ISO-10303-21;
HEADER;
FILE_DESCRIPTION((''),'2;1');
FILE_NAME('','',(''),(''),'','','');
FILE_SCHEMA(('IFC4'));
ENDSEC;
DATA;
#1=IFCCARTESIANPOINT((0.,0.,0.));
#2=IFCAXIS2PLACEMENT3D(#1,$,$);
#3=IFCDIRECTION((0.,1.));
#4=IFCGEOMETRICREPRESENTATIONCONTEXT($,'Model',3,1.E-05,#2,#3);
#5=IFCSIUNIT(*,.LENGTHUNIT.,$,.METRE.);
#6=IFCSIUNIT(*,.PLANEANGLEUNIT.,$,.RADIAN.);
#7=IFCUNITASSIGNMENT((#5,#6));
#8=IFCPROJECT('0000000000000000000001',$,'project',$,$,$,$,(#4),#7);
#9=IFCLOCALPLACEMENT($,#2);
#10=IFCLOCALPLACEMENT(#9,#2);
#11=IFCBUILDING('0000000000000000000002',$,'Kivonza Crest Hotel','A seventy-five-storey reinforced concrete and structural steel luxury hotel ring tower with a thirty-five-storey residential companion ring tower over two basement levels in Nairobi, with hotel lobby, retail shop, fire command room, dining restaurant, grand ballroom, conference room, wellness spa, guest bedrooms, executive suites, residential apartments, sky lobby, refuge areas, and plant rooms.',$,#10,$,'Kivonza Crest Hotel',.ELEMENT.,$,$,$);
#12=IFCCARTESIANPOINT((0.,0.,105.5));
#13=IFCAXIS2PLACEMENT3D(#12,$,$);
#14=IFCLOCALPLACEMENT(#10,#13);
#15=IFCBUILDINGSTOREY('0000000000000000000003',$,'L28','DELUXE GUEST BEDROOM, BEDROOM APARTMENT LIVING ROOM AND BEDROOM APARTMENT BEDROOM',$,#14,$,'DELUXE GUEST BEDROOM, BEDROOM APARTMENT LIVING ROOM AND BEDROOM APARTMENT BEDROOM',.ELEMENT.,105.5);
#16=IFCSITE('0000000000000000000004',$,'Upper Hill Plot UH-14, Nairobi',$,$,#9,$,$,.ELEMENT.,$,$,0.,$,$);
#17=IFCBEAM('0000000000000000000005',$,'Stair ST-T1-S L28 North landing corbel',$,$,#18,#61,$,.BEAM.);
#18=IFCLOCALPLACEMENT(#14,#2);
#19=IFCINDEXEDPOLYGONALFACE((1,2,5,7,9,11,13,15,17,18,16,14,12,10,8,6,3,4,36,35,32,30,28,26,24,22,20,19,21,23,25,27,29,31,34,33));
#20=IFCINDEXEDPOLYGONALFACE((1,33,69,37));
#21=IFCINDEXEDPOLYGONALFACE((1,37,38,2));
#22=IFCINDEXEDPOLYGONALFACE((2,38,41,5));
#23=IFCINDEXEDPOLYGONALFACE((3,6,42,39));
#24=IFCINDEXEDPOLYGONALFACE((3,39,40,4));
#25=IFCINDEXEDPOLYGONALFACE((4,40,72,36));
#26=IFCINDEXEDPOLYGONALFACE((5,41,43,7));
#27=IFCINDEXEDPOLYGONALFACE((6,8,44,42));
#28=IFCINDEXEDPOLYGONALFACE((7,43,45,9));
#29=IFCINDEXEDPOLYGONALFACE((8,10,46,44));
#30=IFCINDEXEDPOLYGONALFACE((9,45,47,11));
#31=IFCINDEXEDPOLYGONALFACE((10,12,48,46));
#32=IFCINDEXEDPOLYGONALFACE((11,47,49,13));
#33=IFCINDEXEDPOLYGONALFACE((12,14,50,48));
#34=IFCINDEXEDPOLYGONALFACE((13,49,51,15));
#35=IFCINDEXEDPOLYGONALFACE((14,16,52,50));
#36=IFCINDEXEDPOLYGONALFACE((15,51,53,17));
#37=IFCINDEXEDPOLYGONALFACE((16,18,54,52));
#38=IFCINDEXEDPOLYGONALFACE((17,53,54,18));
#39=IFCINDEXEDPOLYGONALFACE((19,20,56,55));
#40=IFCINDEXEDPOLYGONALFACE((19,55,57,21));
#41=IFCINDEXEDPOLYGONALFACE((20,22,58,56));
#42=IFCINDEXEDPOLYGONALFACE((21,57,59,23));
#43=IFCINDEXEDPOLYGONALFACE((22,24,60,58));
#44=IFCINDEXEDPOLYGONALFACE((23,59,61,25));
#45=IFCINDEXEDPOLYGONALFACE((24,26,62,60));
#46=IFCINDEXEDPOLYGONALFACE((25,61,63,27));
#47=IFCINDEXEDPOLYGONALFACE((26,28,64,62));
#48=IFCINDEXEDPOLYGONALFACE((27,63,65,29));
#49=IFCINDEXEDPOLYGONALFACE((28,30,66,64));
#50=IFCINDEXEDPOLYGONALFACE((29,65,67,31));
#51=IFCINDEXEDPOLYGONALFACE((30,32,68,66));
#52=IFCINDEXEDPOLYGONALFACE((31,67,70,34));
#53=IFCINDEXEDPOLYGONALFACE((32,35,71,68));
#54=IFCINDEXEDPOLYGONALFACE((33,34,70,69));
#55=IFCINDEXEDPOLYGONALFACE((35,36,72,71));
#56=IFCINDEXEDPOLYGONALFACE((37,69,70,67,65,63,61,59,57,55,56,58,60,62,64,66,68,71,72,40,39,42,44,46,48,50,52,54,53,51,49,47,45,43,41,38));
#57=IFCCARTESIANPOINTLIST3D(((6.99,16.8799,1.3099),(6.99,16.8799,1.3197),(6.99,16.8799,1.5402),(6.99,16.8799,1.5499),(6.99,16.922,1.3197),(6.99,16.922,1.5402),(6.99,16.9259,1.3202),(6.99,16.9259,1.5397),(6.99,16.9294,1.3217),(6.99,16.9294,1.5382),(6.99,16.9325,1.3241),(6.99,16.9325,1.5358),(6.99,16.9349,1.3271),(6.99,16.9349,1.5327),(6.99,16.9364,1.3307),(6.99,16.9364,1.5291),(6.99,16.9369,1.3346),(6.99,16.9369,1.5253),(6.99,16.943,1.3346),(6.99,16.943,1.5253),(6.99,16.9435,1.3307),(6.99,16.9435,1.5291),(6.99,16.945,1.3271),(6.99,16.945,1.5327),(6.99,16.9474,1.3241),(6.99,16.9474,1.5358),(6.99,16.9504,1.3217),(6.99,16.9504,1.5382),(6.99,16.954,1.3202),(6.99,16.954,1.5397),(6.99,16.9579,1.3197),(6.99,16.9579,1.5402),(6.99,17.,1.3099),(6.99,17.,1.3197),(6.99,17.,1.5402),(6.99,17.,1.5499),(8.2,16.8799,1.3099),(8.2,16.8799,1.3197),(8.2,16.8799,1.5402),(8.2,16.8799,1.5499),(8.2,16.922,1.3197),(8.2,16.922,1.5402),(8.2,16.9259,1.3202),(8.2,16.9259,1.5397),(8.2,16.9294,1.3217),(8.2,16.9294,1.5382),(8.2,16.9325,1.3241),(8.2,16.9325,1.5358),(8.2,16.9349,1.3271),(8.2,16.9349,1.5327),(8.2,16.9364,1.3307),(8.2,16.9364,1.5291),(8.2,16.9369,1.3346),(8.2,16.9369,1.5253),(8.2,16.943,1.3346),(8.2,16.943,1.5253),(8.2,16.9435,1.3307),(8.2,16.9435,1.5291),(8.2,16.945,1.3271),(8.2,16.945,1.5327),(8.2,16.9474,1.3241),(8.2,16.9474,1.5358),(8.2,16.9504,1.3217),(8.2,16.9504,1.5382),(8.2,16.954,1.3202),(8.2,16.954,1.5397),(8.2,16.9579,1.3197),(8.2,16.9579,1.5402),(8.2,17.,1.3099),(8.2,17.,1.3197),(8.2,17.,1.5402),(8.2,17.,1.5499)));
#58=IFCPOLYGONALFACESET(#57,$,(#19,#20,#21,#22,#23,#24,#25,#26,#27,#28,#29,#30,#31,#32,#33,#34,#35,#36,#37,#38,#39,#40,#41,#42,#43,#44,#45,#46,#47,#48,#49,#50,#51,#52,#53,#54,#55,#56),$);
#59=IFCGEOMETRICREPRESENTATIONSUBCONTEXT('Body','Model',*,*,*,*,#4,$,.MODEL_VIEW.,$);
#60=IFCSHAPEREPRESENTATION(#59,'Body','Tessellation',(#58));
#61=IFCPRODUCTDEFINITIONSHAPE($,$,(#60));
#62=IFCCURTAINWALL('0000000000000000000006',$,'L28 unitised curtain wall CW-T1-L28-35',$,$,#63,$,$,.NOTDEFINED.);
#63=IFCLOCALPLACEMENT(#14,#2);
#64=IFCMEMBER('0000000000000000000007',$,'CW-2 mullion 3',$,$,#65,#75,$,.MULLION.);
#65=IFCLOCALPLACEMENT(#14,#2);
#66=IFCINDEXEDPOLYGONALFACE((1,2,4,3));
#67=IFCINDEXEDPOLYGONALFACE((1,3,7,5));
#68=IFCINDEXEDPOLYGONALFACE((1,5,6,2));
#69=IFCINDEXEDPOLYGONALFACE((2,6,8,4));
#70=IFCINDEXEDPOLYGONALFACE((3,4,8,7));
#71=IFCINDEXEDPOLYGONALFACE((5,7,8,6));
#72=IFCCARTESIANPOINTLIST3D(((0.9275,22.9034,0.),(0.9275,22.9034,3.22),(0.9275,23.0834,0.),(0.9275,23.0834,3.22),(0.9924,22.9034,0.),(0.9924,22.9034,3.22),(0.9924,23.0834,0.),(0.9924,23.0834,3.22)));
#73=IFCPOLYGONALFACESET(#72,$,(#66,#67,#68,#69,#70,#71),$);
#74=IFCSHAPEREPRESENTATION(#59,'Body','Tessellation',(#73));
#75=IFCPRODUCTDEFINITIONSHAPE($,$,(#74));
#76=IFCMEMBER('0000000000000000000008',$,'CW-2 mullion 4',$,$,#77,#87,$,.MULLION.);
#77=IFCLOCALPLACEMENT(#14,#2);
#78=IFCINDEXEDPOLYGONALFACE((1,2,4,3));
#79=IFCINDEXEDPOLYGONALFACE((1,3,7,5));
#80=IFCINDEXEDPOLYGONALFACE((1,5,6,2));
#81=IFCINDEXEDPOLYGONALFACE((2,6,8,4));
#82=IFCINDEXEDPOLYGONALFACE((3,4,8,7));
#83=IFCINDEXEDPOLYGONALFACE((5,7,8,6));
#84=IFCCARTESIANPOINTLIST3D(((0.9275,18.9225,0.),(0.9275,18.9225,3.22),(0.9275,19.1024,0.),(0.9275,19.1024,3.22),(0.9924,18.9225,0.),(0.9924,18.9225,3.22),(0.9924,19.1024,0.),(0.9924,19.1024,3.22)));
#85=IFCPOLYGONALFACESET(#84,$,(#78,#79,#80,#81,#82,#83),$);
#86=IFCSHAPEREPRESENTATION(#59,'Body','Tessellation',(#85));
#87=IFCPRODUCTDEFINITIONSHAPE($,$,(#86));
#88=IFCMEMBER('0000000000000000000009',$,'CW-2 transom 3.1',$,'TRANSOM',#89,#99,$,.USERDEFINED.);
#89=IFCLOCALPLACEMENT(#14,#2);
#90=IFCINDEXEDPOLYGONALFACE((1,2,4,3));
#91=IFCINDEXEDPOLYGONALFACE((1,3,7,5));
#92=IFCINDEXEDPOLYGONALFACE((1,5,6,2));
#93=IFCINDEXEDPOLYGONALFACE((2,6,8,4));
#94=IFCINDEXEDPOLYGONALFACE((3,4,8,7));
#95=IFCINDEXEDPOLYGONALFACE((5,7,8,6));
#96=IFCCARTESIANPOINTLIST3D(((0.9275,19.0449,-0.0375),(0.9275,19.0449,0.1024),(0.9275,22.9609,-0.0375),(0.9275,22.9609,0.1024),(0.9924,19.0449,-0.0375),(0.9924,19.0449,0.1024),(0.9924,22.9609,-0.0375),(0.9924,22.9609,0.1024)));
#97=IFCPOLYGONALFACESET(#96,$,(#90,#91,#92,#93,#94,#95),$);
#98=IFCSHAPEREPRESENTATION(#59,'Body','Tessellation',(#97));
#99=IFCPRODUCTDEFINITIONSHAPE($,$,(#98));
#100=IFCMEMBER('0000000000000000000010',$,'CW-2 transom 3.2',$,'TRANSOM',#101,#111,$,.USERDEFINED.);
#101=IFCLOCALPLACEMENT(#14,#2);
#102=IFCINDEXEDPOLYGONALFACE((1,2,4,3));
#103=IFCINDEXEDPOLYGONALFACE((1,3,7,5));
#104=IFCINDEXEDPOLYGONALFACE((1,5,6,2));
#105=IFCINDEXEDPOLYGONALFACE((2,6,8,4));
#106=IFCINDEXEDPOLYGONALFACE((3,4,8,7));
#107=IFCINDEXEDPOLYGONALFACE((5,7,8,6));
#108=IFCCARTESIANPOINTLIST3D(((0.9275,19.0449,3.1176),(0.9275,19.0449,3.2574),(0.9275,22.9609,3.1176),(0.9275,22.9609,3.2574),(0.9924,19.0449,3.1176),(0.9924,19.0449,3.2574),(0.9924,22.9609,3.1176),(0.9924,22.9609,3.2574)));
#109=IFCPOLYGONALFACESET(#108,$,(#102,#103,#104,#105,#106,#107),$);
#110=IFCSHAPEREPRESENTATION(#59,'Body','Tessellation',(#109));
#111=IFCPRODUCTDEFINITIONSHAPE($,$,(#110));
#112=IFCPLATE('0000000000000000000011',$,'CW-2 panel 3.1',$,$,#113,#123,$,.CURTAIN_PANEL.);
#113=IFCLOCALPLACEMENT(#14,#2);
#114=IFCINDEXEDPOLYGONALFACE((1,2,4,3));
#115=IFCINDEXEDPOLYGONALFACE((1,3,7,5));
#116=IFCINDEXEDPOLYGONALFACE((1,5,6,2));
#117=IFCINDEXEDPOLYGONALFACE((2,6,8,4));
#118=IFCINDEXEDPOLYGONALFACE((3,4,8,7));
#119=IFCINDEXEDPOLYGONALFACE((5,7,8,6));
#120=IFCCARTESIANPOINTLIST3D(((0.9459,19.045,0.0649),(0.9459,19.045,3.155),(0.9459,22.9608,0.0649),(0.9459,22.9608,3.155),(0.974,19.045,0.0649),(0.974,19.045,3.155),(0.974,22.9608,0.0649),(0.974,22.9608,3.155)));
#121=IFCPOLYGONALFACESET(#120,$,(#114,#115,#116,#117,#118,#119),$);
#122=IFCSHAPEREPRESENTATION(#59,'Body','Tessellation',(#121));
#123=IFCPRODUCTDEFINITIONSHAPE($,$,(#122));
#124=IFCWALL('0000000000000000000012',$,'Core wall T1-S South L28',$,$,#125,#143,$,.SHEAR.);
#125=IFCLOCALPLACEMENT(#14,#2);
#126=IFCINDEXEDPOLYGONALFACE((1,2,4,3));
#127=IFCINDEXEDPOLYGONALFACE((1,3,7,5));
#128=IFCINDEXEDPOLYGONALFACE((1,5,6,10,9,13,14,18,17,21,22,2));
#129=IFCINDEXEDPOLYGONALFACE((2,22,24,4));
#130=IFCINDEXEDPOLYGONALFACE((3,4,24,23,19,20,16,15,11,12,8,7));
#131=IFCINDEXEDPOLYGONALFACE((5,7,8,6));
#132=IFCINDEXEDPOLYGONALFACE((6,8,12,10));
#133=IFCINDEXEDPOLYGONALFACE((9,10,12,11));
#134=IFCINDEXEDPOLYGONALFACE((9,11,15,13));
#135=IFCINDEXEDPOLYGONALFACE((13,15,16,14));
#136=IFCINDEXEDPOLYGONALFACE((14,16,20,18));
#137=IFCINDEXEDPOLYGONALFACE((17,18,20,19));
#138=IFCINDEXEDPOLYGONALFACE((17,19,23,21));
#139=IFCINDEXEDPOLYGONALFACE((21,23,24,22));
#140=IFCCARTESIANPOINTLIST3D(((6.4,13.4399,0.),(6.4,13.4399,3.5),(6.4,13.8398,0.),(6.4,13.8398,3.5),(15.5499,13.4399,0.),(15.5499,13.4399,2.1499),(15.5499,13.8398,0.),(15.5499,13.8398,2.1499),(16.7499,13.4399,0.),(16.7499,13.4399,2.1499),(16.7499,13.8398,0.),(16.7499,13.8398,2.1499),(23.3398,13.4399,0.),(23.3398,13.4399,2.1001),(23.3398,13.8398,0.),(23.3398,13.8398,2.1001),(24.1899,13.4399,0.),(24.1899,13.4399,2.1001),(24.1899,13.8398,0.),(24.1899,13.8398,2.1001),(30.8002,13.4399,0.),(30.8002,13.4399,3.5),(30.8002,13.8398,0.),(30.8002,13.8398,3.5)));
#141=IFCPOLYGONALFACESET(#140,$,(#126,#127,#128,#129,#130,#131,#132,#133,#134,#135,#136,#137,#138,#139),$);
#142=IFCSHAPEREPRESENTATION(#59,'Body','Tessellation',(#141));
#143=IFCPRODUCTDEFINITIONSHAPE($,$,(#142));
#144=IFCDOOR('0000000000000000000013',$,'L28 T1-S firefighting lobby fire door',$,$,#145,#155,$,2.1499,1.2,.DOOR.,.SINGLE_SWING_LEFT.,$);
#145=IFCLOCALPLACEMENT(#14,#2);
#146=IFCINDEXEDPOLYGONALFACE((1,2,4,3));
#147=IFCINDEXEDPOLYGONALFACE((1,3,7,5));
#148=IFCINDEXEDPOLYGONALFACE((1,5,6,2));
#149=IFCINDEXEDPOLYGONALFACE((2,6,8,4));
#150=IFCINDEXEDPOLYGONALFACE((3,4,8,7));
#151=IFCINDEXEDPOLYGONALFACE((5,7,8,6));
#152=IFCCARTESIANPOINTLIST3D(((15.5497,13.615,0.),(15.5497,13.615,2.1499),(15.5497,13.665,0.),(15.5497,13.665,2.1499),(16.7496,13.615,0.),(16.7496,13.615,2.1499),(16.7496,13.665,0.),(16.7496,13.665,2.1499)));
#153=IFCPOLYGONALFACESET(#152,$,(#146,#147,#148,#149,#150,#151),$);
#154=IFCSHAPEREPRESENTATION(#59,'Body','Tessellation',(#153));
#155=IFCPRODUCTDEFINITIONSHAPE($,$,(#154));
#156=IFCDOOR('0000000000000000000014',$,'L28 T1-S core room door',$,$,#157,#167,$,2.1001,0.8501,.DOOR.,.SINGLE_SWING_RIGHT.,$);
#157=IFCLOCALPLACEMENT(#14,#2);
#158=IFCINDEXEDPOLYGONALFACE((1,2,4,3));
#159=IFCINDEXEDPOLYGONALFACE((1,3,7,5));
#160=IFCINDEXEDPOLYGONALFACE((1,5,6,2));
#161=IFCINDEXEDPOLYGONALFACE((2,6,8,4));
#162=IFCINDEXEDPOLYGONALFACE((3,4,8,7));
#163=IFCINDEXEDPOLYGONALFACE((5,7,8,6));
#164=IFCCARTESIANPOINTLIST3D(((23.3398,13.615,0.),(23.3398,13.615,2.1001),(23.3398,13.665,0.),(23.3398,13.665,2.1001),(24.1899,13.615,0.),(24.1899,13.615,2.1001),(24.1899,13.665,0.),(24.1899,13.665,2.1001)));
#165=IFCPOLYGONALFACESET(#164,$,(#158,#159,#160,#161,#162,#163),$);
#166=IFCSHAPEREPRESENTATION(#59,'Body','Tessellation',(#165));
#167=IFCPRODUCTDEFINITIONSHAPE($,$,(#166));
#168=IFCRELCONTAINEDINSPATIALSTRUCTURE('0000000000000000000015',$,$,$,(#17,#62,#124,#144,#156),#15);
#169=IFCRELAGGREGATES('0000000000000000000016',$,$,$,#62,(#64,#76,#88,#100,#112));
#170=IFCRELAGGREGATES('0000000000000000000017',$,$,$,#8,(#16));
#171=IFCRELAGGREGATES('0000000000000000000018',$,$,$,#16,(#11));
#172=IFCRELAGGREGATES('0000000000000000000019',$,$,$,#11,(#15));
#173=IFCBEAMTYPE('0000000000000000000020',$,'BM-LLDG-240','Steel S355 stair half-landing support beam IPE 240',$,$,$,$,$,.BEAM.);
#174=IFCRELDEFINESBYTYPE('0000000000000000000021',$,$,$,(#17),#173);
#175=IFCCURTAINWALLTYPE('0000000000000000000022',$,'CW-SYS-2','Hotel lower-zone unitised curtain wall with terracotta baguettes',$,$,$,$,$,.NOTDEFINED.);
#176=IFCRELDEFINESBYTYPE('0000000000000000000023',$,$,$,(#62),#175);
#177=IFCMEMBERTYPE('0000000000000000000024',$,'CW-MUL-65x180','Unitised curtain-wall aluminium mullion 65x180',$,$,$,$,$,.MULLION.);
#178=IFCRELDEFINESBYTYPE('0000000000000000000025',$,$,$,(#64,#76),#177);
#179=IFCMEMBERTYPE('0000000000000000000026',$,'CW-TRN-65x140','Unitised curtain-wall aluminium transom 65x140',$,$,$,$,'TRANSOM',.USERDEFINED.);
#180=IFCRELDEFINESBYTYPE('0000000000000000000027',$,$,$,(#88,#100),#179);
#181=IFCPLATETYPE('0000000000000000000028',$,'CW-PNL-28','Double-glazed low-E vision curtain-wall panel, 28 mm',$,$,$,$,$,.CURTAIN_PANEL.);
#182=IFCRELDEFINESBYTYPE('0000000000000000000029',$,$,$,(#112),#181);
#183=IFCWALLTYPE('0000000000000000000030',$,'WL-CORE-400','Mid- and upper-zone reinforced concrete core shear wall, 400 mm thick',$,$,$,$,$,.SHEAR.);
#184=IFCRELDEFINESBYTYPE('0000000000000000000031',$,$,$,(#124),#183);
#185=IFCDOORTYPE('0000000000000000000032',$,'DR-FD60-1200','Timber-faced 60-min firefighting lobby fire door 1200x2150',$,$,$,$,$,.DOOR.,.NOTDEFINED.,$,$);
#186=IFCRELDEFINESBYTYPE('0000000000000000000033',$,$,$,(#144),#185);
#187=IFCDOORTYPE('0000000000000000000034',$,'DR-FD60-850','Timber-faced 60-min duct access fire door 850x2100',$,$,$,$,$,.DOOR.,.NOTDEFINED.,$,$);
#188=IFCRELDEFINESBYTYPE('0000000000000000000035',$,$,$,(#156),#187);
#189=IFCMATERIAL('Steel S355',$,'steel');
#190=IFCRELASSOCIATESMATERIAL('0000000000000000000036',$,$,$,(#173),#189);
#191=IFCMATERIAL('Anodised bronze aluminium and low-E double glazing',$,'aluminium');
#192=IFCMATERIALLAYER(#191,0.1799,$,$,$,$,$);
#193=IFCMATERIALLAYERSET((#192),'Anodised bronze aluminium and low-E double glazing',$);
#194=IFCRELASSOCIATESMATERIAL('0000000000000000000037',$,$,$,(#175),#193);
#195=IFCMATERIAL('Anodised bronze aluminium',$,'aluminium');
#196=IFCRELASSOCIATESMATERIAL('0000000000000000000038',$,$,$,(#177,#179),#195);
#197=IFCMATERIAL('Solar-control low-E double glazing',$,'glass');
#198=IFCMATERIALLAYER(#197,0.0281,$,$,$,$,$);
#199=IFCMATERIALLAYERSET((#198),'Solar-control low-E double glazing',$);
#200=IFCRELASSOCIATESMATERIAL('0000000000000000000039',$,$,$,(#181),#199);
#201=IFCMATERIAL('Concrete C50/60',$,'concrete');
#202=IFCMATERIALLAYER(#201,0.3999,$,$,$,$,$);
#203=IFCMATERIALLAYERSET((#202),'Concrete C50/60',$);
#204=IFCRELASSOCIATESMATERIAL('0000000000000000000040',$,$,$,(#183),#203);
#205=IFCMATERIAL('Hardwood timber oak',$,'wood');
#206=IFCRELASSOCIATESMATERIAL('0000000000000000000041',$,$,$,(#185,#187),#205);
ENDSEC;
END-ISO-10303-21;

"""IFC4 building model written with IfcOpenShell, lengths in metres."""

from ifc_helpers import new_model, si_unit, direction, frame, frame_2d, origin, origin_2d, place, context, subcontext, project, spatial, rectangle, i_section, extrude, material, layer, layer_set, material_profile, profile_set, type_object, element, fill, aggregate, save


model = new_model("IFC4")

# Units and contexts
model_context = context("Model", 3, precision=1e-05, world=origin(), true_north=direction((0.0, 1.0)))
body_context = subcontext(model_context, "Body", "Model", "MODEL_VIEW")
ifc_project = project(units=[si_unit("LENGTHUNIT", "METRE"), si_unit("PLANEANGLEUNIT", "RADIAN")], contexts=[model_context])

# Site, building, storey
site_placement = place(None, origin())
site = spatial("IfcSite", under=ifc_project, at=site_placement, Name="Upper Hill Plot UH-14, Nairobi", CompositionType="ELEMENT", RefElevation=0.0)
building_placement = place(site_placement, origin())
building = spatial("IfcBuilding", under=site, at=building_placement, Name="Kivonza Crest Hotel", Description="A seventy-five-storey reinforced concrete and structural steel luxury hotel ring tower with a thirty-five-storey residential companion ring tower over two basement levels in Nairobi, with hotel lobby, retail shop, fire command room, dining restaurant, grand ballroom, conference room, wellness spa, guest bedrooms, executive suites, residential apartments, sky lobby, refuge areas, and plant rooms.", LongName="Kivonza Crest Hotel", CompositionType="ELEMENT")
storey_placement = place(building_placement, frame((0.0, 0.0, 105.5)))
storey = spatial("IfcBuildingStorey", under=building, at=storey_placement, Name="L28", Description="DELUXE GUEST BEDROOM, BEDROOM APARTMENT LIVING ROOM AND BEDROOM APARTMENT BEDROOM", LongName="DELUXE GUEST BEDROOM, BEDROOM APARTMENT LIVING ROOM AND BEDROOM APARTMENT BEDROOM", CompositionType="ELEMENT", Elevation=105.5)

# Shared definitions
ifc_material_1 = material(Name="Concrete C50/60", Category="concrete")

# Beam
ifc_material_2 = material(Name="Steel S355", Category="steel")
ifc_material_profile_1 = material_profile(ifc_material_2, i_section(OverallWidth=0.1201, OverallDepth=0.24, WebThickness=0.0061, FlangeThickness=0.0098, FilletRadius=0.0149, at=origin_2d()), Name="IPE 240")
ifc_profile_set_1 = profile_set([ifc_material_profile_1], Name="Steel S355")
beam_type_1 = type_object("IfcBeamType", Name="BM-LLDG-240", Description="Steel S355 stair half-landing support beam IPE 240", PredefinedType="BEAM", material=ifc_profile_set_1)
for number, where, z_axis, x_axis, name in (
    (1, (6.99, 16.9399, 1.4299), (1.0, 0.0, 0.0), (0.0, 1.0, 0.0), "Stair ST-T1-S L28 North landing corbel"),
):
    element("IfcBeam", number, at=place(storey_placement, frame(where, z_axis=z_axis, x_axis=x_axis)), inside=storey, type_object=beam_type_1, Name=name, PredefinedType="BEAM", context=body_context, shape_type="SweptSolid", body=[
        extrude(i_section(OverallWidth=0.1201, OverallDepth=0.24, WebThickness=0.0061, FlangeThickness=0.0098, FilletRadius=0.0149, at=origin_2d()), origin(), (0.0, 0.0, 1.0), 1.21),
    ])

# Curtain wall, members, plate
ifc_material_3 = material(Name="Anodised bronze aluminium and low-E double glazing", Category="aluminium")
ifc_layer_1 = layer(ifc_material_3, 0.1799)
ifc_layer_set_1 = layer_set([ifc_layer_1], Name="Anodised bronze aluminium and low-E double glazing")
curtain_wall_type = type_object("IfcCurtainWallType", Name="CW-SYS-2", Description="Hotel lower-zone unitised curtain wall with terracotta baguettes", PredefinedType="NOTDEFINED", material=ifc_layer_set_1)
curtain_wall_placement = place(storey_placement, origin())
curtain_wall = element("IfcCurtainWall", 2, at=curtain_wall_placement, inside=storey, type_object=curtain_wall_type, Name="L28 unitised curtain wall CW-T1-L28-35", PredefinedType="NOTDEFINED")
ifc_material_4 = material(Name="Anodised bronze aluminium", Category="aluminium")
ifc_material_profile_2 = material_profile(ifc_material_4, rectangle(XDim=0.0649, YDim=0.1799, at=origin_2d()), Name="CW-M 65x180")
ifc_profile_set_2 = profile_set([ifc_material_profile_2], Name="Anodised bronze aluminium")
member_type_1 = type_object("IfcMemberType", Name="CW-MUL-65x180", Description="Unitised curtain-wall aluminium mullion 65x180", PredefinedType="MULLION", material=ifc_profile_set_2)
member_1_placement = place(storey_placement, frame((0.96, 22.9934, 0.0), z_axis=(0.0, 0.0, 1.0), x_axis=(1.0, 0.0, 0.0)))
member_1 = element("IfcMember", 3, at=member_1_placement, type_object=member_type_1, Name="CW-2 mullion 3", PredefinedType="MULLION", context=body_context, shape_type="SweptSolid", body=[
    extrude(rectangle(XDim=0.0649, YDim=0.1799, at=origin_2d()), origin(), (0.0, 0.0, 1.0), 3.22),
])
member_2_placement = place(storey_placement, frame((0.96, 19.0125, 0.0), z_axis=(0.0, 0.0, 1.0), x_axis=(1.0, 0.0, 0.0)))
member_2 = element("IfcMember", 4, at=member_2_placement, type_object=member_type_1, Name="CW-2 mullion 4", PredefinedType="MULLION", context=body_context, shape_type="SweptSolid", body=[
    extrude(rectangle(XDim=0.0649, YDim=0.1799, at=origin_2d()), origin(), (0.0, 0.0, 1.0), 3.22),
])
ifc_material_profile_3 = material_profile(ifc_material_4, rectangle(XDim=0.0649, YDim=0.1399, at=origin_2d()), Name="CW-T 65x140")
ifc_profile_set_3 = profile_set([ifc_material_profile_3], Name="Anodised bronze aluminium")
member_type_2 = type_object("IfcMemberType", Name="CW-TRN-65x140", Description="Unitised curtain-wall aluminium transom 65x140", ElementType="TRANSOM", PredefinedType="USERDEFINED", material=ifc_profile_set_3)
member_3_placement = place(storey_placement, frame((0.96, 22.9609, 0.0325), z_axis=(0.0, -1.0, 0.0), x_axis=(1.0, 0.0, 0.0)))
member_3 = element("IfcMember", 5, at=member_3_placement, type_object=member_type_2, Name="CW-2 transom 3.1", ObjectType="TRANSOM", PredefinedType="USERDEFINED", context=body_context, shape_type="SweptSolid", body=[
    extrude(rectangle(XDim=0.0649, YDim=0.1399, at=origin_2d()), origin(), (0.0, 0.0, 1.0), 3.916),
])
member_4_placement = place(storey_placement, frame((0.96, 22.9609, 3.1875), z_axis=(0.0, -1.0, 0.0), x_axis=(1.0, 0.0, 0.0)))
member_4 = element("IfcMember", 6, at=member_4_placement, type_object=member_type_2, Name="CW-2 transom 3.2", ObjectType="TRANSOM", PredefinedType="USERDEFINED", context=body_context, shape_type="SweptSolid", body=[
    extrude(rectangle(XDim=0.0649, YDim=0.1399, at=origin_2d()), origin(), (0.0, 0.0, 1.0), 3.916),
])
ifc_material_5 = material(Name="Solar-control low-E double glazing", Category="glass")
ifc_layer_2 = layer(ifc_material_5, 0.0281)
ifc_layer_set_2 = layer_set([ifc_layer_2], Name="Solar-control low-E double glazing")
plate_type = type_object("IfcPlateType", Name="CW-PNL-28", Description="Double-glazed low-E vision curtain-wall panel, 28 mm", PredefinedType="CURTAIN_PANEL", material=ifc_layer_set_2)
plate_placement = place(storey_placement, frame((0.96, 21.0029, 0.0649), z_axis=(0.0, 0.0, 1.0), x_axis=(0.0, -1.0, 0.0)))
plate = element("IfcPlate", 7, at=plate_placement, type_object=plate_type, Name="CW-2 panel 3.1", PredefinedType="CURTAIN_PANEL", context=body_context, shape_type="SweptSolid", body=[
    extrude(rectangle(XDim=3.9158, YDim=0.0281, at=origin_2d()), origin(), (0.0, 0.0, 1.0), 3.0901),
])
aggregate(curtain_wall, [member_1, member_2, member_3, member_4, plate])

# Wall, openings, doors
ifc_layer_3 = layer(ifc_material_1, 0.3999)
ifc_layer_set_3 = layer_set([ifc_layer_3], Name="Concrete C50/60")
wall_type_1 = type_object("IfcWallType", Name="WL-CORE-400", Description="Mid- and upper-zone reinforced concrete core shear wall, 400 mm thick", PredefinedType="SHEAR", material=ifc_layer_set_3)
wall_1_placement = place(storey_placement, frame((6.3999, 13.6399, 0.0), z_axis=(0.0, 0.0, 1.0), x_axis=(1.0, 0.0, 0.0)))
wall_1 = element("IfcWall", 8, at=wall_1_placement, inside=storey, type_object=wall_type_1, Name="Core wall T1-S South L28", PredefinedType="SHEAR", context=body_context, shape_type="SweptSolid", body=[
    extrude(rectangle(XDim=24.4001, YDim=0.3999, at=frame_2d((12.2002, 0.0))), origin(), (0.0, 0.0, 1.0), 3.5),
])
opening_1_placement = place(wall_1_placement, frame((9.1499, 0.0, 0.0)))
opening_1 = element("IfcOpeningElement", 9, at=opening_1_placement, cuts=wall_1, PredefinedType="OPENING", context=body_context, shape_type="SweptSolid", body=[
    extrude(rectangle(XDim=1.2, YDim=2.1499, at=frame_2d((0.6001, 1.075))), frame((0.0, 0.21, 0.0), z_axis=(0.0, -1.0, 0.0), x_axis=(1.0, 0.0, 0.0)), (0.0, 0.0, 1.0), 0.4199),
])
opening_2_placement = place(wall_1_placement, frame((16.9399, 0.0, 0.0)))
opening_2 = element("IfcOpeningElement", 10, at=opening_2_placement, cuts=wall_1, PredefinedType="OPENING", context=body_context, shape_type="SweptSolid", body=[
    extrude(rectangle(XDim=0.8501, YDim=2.1001, at=frame_2d((0.425, 1.05))), frame((0.0, 0.21, 0.0), z_axis=(0.0, -1.0, 0.0), x_axis=(1.0, 0.0, 0.0)), (0.0, 0.0, 1.0), 0.4199),
])
ifc_material_6 = material(Name="Hardwood timber oak", Category="wood")
door_type_1 = type_object("IfcDoorType", Name="DR-FD60-1200", Description="Timber-faced 60-min firefighting lobby fire door 1200x2150", OperationType="NOTDEFINED", PredefinedType="DOOR", material=ifc_material_6)
door_1_placement = place(opening_1_placement, frame((1.2, 0.0, 0.0), z_axis=(0.0, 0.0, 1.0), x_axis=(-1.0, 0.0, 0.0)))
door_1 = element("IfcDoor", 11, at=door_1_placement, inside=storey, type_object=door_type_1, Name="L28 T1-S firefighting lobby fire door", OperationType="SINGLE_SWING_LEFT", OverallHeight=2.1499, OverallWidth=1.2, PredefinedType="DOOR", context=body_context, shape_type="SweptSolid", body=[
    extrude(rectangle(XDim=1.2, YDim=2.1499, at=frame_2d((0.6001, 1.075))), frame((0.0, 0.0249, 0.0), z_axis=(0.0, -1.0, 0.0), x_axis=(1.0, 0.0, 0.0)), (0.0, 0.0, 1.0), 0.05),
])
fill(opening_1, door_1)
door_type_2 = type_object("IfcDoorType", Name="DR-FD60-850", Description="Timber-faced 60-min duct access fire door 850x2100", OperationType="NOTDEFINED", PredefinedType="DOOR", material=ifc_material_6)
door_2_placement = place(opening_2_placement, frame((0.8501, 0.0, 0.0), z_axis=(0.0, 0.0, 1.0), x_axis=(-1.0, 0.0, 0.0)))
door_2 = element("IfcDoor", 12, at=door_2_placement, inside=storey, type_object=door_type_2, Name="L28 T1-S core room door", OperationType="SINGLE_SWING_RIGHT", OverallHeight=2.1001, OverallWidth=0.8501, PredefinedType="DOOR", context=body_context, shape_type="SweptSolid", body=[
    extrude(rectangle(XDim=0.8501, YDim=2.1001, at=frame_2d((0.425, 1.05))), frame((0.0, 0.0249, 0.0), z_axis=(0.0, -1.0, 0.0), x_axis=(1.0, 0.0, 0.0)), (0.0, 0.0, 1.0), 0.05),
])
fill(opening_2, door_2)

save(model, "model.ifc")
